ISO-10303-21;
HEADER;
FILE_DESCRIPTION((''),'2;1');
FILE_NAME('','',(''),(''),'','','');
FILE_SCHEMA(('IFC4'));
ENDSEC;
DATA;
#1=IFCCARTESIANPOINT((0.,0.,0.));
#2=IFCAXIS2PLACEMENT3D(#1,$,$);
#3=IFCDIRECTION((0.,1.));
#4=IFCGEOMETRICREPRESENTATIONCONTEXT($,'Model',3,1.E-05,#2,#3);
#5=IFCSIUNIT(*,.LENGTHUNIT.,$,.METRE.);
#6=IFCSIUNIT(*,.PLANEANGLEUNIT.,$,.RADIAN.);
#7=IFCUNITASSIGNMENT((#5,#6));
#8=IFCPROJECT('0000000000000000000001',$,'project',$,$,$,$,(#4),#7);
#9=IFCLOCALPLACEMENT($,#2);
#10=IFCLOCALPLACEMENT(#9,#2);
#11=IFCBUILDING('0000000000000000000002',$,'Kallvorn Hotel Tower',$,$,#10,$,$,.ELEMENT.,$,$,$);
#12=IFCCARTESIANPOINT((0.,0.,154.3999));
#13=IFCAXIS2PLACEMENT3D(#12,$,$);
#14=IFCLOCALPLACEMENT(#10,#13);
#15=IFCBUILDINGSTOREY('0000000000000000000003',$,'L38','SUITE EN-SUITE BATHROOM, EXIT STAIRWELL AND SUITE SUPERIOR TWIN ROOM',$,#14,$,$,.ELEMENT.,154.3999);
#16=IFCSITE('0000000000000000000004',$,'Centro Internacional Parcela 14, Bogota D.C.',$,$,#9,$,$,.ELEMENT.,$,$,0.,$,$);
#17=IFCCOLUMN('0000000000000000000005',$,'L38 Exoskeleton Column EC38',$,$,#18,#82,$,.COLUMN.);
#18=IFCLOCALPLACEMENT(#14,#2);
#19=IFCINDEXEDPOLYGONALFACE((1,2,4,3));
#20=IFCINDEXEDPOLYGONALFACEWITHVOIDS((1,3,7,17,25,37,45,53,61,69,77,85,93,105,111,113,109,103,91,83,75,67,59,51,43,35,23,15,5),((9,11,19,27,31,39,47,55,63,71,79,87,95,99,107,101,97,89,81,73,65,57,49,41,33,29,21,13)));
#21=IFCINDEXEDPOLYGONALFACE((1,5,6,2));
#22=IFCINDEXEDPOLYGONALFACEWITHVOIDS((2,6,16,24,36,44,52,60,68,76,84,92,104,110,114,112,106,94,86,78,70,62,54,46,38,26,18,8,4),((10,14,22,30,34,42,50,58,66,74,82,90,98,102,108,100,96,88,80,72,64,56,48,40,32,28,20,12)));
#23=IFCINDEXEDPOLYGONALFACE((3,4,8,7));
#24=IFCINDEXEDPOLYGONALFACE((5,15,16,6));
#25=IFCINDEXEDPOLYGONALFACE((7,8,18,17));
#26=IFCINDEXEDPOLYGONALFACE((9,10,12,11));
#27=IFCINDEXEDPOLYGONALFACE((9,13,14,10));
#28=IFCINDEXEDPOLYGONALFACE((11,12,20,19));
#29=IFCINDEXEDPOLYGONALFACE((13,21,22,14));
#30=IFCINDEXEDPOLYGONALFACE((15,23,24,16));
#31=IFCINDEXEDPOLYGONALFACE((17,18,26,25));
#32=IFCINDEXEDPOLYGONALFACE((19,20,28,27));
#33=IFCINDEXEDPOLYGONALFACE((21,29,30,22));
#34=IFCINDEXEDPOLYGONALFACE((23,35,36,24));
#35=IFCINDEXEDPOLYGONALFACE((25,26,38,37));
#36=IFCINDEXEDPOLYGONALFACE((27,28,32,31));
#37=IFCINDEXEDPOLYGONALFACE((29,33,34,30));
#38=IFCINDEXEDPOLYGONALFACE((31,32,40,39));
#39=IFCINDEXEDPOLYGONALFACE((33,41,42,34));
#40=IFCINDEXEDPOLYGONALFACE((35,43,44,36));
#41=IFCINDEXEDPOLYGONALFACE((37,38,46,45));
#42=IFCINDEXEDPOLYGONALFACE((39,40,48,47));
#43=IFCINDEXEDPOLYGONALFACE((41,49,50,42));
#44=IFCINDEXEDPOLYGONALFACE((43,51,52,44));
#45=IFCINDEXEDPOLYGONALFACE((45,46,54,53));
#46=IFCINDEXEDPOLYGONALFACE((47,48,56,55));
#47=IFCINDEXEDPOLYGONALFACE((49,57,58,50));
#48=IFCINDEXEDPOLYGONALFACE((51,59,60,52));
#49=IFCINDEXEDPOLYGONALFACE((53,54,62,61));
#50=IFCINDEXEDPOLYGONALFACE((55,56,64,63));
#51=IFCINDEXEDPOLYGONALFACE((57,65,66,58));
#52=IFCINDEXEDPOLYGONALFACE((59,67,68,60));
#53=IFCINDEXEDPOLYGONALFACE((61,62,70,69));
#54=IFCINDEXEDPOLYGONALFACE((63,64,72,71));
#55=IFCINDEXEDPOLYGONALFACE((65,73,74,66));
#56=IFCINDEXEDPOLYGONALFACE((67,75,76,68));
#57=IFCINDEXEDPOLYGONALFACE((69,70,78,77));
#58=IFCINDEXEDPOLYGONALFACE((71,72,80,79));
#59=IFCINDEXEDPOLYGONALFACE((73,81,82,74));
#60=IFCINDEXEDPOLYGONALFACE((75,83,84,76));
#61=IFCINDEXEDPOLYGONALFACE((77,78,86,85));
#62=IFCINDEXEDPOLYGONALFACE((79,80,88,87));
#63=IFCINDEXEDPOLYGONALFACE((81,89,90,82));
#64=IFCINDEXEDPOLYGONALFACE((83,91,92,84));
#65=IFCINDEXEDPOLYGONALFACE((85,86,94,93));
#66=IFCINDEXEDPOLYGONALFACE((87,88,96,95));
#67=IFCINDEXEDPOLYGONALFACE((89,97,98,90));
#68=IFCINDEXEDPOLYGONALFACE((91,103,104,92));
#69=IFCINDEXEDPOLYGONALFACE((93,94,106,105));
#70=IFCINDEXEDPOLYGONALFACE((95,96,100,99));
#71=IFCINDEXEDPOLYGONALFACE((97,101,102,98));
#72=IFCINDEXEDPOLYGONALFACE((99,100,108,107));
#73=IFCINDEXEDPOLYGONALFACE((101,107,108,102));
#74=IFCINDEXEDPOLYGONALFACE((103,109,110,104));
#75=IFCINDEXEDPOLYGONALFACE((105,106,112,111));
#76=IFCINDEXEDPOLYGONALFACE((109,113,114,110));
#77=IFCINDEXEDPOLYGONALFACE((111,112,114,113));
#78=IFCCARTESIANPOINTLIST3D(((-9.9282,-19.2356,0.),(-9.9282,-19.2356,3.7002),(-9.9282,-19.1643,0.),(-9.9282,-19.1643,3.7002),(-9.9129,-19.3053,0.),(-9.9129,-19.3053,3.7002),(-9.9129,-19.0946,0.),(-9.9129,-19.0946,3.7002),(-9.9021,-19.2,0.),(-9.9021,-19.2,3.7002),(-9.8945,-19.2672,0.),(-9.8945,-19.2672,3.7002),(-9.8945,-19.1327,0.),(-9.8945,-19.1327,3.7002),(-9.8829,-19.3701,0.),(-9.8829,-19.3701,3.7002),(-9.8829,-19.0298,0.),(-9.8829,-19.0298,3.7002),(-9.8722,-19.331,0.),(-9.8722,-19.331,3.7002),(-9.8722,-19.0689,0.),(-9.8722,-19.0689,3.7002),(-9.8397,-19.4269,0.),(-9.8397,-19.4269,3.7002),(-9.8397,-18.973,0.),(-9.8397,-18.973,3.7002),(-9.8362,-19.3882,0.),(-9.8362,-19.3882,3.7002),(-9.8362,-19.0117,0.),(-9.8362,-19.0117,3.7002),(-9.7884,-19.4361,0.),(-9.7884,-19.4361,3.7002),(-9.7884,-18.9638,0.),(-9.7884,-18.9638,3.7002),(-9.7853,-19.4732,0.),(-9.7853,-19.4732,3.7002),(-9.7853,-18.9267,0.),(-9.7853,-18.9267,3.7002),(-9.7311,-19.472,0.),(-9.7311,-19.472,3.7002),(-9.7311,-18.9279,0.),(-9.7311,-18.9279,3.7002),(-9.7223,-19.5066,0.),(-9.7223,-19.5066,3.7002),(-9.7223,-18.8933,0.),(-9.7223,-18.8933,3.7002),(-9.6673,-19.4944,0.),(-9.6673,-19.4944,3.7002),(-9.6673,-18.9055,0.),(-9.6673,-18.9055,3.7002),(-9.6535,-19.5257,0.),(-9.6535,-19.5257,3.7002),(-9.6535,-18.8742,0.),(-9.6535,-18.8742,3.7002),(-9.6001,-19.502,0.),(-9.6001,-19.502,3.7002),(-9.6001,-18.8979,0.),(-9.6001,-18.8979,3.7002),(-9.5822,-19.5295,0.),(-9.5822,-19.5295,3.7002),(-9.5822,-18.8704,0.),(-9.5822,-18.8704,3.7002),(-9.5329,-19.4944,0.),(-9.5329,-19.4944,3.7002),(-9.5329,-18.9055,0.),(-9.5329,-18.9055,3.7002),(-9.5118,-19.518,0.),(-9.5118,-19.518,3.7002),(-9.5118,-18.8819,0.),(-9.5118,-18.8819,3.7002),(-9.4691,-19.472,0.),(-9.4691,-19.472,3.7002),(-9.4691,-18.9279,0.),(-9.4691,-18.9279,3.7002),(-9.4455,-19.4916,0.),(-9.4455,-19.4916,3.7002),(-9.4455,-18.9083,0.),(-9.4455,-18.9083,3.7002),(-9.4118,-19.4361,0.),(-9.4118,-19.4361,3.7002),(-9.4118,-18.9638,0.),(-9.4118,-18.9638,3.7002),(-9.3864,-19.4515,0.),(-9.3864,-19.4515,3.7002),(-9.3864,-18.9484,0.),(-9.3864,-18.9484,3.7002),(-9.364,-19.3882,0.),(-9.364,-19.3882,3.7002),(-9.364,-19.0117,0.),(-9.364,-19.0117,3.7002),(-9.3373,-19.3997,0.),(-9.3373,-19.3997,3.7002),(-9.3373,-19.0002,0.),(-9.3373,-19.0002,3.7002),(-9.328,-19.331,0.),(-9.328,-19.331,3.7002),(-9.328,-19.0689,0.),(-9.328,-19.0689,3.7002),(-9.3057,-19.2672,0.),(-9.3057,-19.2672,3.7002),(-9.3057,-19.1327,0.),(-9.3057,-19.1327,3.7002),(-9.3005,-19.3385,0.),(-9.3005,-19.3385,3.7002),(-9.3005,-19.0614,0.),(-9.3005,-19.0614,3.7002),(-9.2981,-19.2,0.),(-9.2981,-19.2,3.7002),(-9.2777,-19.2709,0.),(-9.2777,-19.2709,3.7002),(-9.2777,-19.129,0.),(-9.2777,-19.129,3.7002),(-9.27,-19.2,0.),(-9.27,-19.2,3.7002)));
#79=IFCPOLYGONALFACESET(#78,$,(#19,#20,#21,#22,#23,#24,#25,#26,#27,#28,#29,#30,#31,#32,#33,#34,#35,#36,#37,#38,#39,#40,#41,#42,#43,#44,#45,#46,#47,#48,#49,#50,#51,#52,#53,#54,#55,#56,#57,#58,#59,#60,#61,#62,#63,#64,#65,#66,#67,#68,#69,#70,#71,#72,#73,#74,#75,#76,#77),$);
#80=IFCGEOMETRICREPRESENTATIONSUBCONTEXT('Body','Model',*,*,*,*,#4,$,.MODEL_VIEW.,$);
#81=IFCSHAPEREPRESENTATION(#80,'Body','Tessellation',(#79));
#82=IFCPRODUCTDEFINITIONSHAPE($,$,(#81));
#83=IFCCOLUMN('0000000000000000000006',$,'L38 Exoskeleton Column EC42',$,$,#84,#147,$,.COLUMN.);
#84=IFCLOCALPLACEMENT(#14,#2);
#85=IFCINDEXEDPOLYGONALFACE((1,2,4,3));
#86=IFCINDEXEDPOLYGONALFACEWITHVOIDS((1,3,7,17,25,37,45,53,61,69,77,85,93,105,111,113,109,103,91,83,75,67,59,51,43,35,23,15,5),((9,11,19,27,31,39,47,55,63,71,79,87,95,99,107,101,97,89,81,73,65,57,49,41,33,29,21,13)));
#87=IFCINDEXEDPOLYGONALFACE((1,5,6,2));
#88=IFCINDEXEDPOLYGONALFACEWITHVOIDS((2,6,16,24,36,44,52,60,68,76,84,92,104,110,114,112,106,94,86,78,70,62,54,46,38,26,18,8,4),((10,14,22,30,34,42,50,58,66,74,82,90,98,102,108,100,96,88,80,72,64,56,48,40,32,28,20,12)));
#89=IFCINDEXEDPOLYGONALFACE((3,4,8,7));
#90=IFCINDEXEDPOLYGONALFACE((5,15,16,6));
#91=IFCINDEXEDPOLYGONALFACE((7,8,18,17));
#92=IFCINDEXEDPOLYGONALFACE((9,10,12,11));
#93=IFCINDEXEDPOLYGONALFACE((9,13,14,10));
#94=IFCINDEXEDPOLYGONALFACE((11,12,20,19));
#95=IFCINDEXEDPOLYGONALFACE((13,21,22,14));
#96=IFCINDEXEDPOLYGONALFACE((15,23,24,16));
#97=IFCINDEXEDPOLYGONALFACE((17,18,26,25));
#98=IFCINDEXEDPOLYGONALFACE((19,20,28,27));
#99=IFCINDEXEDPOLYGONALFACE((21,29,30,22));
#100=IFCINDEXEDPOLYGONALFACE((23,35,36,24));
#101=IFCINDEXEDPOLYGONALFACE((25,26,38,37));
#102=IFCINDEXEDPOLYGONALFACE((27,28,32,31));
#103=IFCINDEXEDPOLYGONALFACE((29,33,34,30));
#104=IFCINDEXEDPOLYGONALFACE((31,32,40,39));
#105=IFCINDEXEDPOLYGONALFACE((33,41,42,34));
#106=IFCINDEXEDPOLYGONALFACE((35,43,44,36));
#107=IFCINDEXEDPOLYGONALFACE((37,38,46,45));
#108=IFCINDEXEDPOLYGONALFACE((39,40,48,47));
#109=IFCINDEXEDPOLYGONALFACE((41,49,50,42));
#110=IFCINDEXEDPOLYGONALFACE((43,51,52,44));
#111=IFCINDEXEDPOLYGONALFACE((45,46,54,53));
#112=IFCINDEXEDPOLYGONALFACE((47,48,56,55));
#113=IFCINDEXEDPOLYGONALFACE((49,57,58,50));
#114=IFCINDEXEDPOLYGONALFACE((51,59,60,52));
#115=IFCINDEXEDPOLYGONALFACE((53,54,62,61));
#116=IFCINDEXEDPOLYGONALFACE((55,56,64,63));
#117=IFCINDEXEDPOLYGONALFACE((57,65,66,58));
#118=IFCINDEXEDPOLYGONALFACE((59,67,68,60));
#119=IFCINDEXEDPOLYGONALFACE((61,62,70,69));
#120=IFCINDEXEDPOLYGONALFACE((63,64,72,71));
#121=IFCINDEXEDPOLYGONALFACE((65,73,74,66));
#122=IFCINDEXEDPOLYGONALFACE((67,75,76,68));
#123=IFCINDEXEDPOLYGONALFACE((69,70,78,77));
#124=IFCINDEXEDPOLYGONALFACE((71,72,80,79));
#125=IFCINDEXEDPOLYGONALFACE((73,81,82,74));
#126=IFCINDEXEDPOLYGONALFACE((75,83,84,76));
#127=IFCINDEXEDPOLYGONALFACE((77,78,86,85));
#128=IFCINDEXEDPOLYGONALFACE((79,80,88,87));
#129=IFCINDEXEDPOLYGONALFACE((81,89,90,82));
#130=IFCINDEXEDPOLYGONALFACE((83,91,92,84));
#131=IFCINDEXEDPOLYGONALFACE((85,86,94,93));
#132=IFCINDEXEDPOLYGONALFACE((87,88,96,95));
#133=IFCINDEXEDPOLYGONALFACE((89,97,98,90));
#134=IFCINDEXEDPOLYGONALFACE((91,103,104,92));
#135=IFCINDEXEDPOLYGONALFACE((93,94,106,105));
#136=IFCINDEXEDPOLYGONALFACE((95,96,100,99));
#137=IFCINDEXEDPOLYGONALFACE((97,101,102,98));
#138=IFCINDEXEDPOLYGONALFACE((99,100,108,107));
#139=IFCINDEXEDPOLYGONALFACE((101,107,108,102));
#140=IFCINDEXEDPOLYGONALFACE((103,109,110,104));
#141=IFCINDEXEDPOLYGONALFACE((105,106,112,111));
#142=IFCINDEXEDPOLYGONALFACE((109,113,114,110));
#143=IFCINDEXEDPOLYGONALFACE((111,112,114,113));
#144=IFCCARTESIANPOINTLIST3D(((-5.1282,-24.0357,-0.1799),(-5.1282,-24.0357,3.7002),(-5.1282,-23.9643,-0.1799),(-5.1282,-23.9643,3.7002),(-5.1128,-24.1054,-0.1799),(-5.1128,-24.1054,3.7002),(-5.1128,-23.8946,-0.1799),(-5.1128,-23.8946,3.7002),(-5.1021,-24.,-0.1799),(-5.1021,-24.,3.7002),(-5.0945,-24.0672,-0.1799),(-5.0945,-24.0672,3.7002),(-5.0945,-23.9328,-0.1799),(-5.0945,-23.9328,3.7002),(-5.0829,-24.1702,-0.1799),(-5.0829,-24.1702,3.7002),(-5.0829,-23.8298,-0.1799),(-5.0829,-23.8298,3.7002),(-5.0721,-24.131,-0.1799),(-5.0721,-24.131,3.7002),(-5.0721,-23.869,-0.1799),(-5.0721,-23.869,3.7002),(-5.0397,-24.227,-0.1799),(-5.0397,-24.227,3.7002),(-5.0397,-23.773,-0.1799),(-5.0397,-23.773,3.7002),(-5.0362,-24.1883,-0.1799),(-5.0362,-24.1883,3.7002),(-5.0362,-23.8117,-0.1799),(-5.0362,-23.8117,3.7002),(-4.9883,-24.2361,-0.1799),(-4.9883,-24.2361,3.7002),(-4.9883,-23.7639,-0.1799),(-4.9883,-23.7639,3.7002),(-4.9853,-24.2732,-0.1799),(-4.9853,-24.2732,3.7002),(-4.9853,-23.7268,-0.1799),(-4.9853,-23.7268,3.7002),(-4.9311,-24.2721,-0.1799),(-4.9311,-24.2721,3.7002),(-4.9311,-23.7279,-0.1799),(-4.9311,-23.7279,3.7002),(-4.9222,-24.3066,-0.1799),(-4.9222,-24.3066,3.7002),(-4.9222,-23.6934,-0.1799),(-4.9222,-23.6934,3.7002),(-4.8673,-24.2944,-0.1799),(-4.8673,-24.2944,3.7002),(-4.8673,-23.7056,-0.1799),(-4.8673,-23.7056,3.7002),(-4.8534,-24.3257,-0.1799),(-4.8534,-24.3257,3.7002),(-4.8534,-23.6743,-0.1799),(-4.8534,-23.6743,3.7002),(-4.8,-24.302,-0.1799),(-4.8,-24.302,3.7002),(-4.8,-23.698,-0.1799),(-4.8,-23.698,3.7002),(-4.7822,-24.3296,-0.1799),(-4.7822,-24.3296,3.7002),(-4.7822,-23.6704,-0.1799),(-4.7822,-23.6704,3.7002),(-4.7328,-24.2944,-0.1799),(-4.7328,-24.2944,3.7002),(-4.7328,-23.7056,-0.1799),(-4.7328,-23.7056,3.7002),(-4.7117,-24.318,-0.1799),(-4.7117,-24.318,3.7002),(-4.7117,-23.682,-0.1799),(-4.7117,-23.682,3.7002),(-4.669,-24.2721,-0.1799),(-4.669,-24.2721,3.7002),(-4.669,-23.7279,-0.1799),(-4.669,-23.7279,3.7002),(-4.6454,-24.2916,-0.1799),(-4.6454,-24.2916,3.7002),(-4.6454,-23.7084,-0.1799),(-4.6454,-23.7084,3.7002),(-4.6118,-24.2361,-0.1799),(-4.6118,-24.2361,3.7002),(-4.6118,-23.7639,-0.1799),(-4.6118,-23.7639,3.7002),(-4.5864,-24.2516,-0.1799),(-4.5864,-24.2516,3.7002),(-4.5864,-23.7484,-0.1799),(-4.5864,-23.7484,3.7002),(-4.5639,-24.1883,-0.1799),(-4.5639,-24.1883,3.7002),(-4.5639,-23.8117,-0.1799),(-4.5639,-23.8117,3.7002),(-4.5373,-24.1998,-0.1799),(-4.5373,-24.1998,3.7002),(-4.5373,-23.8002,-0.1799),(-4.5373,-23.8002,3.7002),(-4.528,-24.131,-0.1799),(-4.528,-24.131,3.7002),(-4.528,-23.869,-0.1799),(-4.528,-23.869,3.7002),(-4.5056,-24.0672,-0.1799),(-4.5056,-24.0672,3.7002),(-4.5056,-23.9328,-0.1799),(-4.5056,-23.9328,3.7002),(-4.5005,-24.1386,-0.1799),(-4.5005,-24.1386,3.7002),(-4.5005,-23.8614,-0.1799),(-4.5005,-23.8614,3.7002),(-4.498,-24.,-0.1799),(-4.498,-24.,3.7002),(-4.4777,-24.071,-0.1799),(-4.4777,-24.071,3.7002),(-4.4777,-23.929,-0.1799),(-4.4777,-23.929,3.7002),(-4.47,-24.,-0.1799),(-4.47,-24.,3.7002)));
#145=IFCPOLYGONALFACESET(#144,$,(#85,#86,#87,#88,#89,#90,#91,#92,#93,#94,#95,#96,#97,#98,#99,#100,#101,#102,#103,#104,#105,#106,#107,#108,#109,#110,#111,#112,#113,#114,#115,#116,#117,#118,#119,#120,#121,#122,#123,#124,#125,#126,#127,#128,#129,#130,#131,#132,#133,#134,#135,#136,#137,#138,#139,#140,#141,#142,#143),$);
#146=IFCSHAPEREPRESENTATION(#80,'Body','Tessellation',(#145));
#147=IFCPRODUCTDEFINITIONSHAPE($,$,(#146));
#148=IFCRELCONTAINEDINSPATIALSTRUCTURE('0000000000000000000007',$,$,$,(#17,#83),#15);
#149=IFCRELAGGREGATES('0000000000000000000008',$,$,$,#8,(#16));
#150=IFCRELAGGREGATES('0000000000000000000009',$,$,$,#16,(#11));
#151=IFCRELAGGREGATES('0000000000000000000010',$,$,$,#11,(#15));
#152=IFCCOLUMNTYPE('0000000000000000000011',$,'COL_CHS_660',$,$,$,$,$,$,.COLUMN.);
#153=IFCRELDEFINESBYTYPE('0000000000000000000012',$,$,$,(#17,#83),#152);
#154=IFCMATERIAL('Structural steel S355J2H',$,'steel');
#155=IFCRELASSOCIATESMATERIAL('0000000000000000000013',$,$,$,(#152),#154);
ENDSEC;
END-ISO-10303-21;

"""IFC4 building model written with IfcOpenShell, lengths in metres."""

from ifc_helpers import new_model, si_unit, direction, frame, origin, origin_2d, place, context, subcontext, project, spatial, hollow_circle, extrude, material, material_profile, profile_set, type_object, element, save


model = new_model("IFC4")

# Units and contexts
model_context = context("Model", 3, precision=1e-05, world=origin(), true_north=direction((0.0, 1.0)))
body_context = subcontext(model_context, "Body", "Model", "MODEL_VIEW")
ifc_project = project(units=[si_unit("LENGTHUNIT", "METRE"), si_unit("PLANEANGLEUNIT", "RADIAN")], contexts=[model_context])

# Site, building, storey
site_placement = place(None, origin())
site = spatial("IfcSite", under=ifc_project, at=site_placement, Name="Centro Internacional Parcela 14, Bogota D.C.", CompositionType="ELEMENT", RefElevation=0.0)
building_placement = place(site_placement, origin())
building = spatial("IfcBuilding", under=site, at=building_placement, Name="Kallvorn Hotel Tower", CompositionType="ELEMENT")
storey_placement = place(building_placement, frame((0.0, 0.0, 154.3999)))
storey = spatial("IfcBuildingStorey", under=building, at=storey_placement, Name="L38", Description="SUITE EN-SUITE BATHROOM, EXIT STAIRWELL AND SUITE SUPERIOR TWIN ROOM", CompositionType="ELEMENT", Elevation=154.3999)

# Columns
ifc_material_1 = material(Name="Structural steel S355J2H", Category="steel")
ifc_material_profile_1 = material_profile(ifc_material_1, hollow_circle(Radius=0.3301, WallThickness=0.0281, at=origin_2d()), Name="CHS 660x28")
ifc_profile_set_1 = profile_set([ifc_material_profile_1], Name="Structural steel S355J2H")
column_type = type_object("IfcColumnType", Name="COL_CHS_660", PredefinedType="COLUMN", material=ifc_profile_set_1)
column_1_placement = place(storey_placement, frame((-9.6001, -19.2, 0.0), z_axis=(0.0, 0.0, 1.0), x_axis=(1.0, 0.0, 0.0)))
element("IfcColumn", 1, at=column_1_placement, inside=storey, type_object=column_type, Name="L38 Exoskeleton Column EC38", PredefinedType="COLUMN", context=body_context, shape_type="SweptSolid", body=[
    extrude(hollow_circle(Radius=0.3301, WallThickness=0.0281, at=origin_2d()), origin(), (0.0, 0.0, 1.0), 3.7002),
])
column_2_placement = place(storey_placement, frame((-4.8, -24.0, -0.1799), z_axis=(0.0, 0.0, 1.0), x_axis=(1.0, 0.0, 0.0)))
element("IfcColumn", 2, at=column_2_placement, inside=storey, type_object=column_type, Name="L38 Exoskeleton Column EC42", PredefinedType="COLUMN", context=body_context, shape_type="SweptSolid", body=[
    extrude(hollow_circle(Radius=0.3301, WallThickness=0.0281, at=origin_2d()), origin(), (0.0, 0.0, 1.0), 3.8801),
])

save(model, "model.ifc")
